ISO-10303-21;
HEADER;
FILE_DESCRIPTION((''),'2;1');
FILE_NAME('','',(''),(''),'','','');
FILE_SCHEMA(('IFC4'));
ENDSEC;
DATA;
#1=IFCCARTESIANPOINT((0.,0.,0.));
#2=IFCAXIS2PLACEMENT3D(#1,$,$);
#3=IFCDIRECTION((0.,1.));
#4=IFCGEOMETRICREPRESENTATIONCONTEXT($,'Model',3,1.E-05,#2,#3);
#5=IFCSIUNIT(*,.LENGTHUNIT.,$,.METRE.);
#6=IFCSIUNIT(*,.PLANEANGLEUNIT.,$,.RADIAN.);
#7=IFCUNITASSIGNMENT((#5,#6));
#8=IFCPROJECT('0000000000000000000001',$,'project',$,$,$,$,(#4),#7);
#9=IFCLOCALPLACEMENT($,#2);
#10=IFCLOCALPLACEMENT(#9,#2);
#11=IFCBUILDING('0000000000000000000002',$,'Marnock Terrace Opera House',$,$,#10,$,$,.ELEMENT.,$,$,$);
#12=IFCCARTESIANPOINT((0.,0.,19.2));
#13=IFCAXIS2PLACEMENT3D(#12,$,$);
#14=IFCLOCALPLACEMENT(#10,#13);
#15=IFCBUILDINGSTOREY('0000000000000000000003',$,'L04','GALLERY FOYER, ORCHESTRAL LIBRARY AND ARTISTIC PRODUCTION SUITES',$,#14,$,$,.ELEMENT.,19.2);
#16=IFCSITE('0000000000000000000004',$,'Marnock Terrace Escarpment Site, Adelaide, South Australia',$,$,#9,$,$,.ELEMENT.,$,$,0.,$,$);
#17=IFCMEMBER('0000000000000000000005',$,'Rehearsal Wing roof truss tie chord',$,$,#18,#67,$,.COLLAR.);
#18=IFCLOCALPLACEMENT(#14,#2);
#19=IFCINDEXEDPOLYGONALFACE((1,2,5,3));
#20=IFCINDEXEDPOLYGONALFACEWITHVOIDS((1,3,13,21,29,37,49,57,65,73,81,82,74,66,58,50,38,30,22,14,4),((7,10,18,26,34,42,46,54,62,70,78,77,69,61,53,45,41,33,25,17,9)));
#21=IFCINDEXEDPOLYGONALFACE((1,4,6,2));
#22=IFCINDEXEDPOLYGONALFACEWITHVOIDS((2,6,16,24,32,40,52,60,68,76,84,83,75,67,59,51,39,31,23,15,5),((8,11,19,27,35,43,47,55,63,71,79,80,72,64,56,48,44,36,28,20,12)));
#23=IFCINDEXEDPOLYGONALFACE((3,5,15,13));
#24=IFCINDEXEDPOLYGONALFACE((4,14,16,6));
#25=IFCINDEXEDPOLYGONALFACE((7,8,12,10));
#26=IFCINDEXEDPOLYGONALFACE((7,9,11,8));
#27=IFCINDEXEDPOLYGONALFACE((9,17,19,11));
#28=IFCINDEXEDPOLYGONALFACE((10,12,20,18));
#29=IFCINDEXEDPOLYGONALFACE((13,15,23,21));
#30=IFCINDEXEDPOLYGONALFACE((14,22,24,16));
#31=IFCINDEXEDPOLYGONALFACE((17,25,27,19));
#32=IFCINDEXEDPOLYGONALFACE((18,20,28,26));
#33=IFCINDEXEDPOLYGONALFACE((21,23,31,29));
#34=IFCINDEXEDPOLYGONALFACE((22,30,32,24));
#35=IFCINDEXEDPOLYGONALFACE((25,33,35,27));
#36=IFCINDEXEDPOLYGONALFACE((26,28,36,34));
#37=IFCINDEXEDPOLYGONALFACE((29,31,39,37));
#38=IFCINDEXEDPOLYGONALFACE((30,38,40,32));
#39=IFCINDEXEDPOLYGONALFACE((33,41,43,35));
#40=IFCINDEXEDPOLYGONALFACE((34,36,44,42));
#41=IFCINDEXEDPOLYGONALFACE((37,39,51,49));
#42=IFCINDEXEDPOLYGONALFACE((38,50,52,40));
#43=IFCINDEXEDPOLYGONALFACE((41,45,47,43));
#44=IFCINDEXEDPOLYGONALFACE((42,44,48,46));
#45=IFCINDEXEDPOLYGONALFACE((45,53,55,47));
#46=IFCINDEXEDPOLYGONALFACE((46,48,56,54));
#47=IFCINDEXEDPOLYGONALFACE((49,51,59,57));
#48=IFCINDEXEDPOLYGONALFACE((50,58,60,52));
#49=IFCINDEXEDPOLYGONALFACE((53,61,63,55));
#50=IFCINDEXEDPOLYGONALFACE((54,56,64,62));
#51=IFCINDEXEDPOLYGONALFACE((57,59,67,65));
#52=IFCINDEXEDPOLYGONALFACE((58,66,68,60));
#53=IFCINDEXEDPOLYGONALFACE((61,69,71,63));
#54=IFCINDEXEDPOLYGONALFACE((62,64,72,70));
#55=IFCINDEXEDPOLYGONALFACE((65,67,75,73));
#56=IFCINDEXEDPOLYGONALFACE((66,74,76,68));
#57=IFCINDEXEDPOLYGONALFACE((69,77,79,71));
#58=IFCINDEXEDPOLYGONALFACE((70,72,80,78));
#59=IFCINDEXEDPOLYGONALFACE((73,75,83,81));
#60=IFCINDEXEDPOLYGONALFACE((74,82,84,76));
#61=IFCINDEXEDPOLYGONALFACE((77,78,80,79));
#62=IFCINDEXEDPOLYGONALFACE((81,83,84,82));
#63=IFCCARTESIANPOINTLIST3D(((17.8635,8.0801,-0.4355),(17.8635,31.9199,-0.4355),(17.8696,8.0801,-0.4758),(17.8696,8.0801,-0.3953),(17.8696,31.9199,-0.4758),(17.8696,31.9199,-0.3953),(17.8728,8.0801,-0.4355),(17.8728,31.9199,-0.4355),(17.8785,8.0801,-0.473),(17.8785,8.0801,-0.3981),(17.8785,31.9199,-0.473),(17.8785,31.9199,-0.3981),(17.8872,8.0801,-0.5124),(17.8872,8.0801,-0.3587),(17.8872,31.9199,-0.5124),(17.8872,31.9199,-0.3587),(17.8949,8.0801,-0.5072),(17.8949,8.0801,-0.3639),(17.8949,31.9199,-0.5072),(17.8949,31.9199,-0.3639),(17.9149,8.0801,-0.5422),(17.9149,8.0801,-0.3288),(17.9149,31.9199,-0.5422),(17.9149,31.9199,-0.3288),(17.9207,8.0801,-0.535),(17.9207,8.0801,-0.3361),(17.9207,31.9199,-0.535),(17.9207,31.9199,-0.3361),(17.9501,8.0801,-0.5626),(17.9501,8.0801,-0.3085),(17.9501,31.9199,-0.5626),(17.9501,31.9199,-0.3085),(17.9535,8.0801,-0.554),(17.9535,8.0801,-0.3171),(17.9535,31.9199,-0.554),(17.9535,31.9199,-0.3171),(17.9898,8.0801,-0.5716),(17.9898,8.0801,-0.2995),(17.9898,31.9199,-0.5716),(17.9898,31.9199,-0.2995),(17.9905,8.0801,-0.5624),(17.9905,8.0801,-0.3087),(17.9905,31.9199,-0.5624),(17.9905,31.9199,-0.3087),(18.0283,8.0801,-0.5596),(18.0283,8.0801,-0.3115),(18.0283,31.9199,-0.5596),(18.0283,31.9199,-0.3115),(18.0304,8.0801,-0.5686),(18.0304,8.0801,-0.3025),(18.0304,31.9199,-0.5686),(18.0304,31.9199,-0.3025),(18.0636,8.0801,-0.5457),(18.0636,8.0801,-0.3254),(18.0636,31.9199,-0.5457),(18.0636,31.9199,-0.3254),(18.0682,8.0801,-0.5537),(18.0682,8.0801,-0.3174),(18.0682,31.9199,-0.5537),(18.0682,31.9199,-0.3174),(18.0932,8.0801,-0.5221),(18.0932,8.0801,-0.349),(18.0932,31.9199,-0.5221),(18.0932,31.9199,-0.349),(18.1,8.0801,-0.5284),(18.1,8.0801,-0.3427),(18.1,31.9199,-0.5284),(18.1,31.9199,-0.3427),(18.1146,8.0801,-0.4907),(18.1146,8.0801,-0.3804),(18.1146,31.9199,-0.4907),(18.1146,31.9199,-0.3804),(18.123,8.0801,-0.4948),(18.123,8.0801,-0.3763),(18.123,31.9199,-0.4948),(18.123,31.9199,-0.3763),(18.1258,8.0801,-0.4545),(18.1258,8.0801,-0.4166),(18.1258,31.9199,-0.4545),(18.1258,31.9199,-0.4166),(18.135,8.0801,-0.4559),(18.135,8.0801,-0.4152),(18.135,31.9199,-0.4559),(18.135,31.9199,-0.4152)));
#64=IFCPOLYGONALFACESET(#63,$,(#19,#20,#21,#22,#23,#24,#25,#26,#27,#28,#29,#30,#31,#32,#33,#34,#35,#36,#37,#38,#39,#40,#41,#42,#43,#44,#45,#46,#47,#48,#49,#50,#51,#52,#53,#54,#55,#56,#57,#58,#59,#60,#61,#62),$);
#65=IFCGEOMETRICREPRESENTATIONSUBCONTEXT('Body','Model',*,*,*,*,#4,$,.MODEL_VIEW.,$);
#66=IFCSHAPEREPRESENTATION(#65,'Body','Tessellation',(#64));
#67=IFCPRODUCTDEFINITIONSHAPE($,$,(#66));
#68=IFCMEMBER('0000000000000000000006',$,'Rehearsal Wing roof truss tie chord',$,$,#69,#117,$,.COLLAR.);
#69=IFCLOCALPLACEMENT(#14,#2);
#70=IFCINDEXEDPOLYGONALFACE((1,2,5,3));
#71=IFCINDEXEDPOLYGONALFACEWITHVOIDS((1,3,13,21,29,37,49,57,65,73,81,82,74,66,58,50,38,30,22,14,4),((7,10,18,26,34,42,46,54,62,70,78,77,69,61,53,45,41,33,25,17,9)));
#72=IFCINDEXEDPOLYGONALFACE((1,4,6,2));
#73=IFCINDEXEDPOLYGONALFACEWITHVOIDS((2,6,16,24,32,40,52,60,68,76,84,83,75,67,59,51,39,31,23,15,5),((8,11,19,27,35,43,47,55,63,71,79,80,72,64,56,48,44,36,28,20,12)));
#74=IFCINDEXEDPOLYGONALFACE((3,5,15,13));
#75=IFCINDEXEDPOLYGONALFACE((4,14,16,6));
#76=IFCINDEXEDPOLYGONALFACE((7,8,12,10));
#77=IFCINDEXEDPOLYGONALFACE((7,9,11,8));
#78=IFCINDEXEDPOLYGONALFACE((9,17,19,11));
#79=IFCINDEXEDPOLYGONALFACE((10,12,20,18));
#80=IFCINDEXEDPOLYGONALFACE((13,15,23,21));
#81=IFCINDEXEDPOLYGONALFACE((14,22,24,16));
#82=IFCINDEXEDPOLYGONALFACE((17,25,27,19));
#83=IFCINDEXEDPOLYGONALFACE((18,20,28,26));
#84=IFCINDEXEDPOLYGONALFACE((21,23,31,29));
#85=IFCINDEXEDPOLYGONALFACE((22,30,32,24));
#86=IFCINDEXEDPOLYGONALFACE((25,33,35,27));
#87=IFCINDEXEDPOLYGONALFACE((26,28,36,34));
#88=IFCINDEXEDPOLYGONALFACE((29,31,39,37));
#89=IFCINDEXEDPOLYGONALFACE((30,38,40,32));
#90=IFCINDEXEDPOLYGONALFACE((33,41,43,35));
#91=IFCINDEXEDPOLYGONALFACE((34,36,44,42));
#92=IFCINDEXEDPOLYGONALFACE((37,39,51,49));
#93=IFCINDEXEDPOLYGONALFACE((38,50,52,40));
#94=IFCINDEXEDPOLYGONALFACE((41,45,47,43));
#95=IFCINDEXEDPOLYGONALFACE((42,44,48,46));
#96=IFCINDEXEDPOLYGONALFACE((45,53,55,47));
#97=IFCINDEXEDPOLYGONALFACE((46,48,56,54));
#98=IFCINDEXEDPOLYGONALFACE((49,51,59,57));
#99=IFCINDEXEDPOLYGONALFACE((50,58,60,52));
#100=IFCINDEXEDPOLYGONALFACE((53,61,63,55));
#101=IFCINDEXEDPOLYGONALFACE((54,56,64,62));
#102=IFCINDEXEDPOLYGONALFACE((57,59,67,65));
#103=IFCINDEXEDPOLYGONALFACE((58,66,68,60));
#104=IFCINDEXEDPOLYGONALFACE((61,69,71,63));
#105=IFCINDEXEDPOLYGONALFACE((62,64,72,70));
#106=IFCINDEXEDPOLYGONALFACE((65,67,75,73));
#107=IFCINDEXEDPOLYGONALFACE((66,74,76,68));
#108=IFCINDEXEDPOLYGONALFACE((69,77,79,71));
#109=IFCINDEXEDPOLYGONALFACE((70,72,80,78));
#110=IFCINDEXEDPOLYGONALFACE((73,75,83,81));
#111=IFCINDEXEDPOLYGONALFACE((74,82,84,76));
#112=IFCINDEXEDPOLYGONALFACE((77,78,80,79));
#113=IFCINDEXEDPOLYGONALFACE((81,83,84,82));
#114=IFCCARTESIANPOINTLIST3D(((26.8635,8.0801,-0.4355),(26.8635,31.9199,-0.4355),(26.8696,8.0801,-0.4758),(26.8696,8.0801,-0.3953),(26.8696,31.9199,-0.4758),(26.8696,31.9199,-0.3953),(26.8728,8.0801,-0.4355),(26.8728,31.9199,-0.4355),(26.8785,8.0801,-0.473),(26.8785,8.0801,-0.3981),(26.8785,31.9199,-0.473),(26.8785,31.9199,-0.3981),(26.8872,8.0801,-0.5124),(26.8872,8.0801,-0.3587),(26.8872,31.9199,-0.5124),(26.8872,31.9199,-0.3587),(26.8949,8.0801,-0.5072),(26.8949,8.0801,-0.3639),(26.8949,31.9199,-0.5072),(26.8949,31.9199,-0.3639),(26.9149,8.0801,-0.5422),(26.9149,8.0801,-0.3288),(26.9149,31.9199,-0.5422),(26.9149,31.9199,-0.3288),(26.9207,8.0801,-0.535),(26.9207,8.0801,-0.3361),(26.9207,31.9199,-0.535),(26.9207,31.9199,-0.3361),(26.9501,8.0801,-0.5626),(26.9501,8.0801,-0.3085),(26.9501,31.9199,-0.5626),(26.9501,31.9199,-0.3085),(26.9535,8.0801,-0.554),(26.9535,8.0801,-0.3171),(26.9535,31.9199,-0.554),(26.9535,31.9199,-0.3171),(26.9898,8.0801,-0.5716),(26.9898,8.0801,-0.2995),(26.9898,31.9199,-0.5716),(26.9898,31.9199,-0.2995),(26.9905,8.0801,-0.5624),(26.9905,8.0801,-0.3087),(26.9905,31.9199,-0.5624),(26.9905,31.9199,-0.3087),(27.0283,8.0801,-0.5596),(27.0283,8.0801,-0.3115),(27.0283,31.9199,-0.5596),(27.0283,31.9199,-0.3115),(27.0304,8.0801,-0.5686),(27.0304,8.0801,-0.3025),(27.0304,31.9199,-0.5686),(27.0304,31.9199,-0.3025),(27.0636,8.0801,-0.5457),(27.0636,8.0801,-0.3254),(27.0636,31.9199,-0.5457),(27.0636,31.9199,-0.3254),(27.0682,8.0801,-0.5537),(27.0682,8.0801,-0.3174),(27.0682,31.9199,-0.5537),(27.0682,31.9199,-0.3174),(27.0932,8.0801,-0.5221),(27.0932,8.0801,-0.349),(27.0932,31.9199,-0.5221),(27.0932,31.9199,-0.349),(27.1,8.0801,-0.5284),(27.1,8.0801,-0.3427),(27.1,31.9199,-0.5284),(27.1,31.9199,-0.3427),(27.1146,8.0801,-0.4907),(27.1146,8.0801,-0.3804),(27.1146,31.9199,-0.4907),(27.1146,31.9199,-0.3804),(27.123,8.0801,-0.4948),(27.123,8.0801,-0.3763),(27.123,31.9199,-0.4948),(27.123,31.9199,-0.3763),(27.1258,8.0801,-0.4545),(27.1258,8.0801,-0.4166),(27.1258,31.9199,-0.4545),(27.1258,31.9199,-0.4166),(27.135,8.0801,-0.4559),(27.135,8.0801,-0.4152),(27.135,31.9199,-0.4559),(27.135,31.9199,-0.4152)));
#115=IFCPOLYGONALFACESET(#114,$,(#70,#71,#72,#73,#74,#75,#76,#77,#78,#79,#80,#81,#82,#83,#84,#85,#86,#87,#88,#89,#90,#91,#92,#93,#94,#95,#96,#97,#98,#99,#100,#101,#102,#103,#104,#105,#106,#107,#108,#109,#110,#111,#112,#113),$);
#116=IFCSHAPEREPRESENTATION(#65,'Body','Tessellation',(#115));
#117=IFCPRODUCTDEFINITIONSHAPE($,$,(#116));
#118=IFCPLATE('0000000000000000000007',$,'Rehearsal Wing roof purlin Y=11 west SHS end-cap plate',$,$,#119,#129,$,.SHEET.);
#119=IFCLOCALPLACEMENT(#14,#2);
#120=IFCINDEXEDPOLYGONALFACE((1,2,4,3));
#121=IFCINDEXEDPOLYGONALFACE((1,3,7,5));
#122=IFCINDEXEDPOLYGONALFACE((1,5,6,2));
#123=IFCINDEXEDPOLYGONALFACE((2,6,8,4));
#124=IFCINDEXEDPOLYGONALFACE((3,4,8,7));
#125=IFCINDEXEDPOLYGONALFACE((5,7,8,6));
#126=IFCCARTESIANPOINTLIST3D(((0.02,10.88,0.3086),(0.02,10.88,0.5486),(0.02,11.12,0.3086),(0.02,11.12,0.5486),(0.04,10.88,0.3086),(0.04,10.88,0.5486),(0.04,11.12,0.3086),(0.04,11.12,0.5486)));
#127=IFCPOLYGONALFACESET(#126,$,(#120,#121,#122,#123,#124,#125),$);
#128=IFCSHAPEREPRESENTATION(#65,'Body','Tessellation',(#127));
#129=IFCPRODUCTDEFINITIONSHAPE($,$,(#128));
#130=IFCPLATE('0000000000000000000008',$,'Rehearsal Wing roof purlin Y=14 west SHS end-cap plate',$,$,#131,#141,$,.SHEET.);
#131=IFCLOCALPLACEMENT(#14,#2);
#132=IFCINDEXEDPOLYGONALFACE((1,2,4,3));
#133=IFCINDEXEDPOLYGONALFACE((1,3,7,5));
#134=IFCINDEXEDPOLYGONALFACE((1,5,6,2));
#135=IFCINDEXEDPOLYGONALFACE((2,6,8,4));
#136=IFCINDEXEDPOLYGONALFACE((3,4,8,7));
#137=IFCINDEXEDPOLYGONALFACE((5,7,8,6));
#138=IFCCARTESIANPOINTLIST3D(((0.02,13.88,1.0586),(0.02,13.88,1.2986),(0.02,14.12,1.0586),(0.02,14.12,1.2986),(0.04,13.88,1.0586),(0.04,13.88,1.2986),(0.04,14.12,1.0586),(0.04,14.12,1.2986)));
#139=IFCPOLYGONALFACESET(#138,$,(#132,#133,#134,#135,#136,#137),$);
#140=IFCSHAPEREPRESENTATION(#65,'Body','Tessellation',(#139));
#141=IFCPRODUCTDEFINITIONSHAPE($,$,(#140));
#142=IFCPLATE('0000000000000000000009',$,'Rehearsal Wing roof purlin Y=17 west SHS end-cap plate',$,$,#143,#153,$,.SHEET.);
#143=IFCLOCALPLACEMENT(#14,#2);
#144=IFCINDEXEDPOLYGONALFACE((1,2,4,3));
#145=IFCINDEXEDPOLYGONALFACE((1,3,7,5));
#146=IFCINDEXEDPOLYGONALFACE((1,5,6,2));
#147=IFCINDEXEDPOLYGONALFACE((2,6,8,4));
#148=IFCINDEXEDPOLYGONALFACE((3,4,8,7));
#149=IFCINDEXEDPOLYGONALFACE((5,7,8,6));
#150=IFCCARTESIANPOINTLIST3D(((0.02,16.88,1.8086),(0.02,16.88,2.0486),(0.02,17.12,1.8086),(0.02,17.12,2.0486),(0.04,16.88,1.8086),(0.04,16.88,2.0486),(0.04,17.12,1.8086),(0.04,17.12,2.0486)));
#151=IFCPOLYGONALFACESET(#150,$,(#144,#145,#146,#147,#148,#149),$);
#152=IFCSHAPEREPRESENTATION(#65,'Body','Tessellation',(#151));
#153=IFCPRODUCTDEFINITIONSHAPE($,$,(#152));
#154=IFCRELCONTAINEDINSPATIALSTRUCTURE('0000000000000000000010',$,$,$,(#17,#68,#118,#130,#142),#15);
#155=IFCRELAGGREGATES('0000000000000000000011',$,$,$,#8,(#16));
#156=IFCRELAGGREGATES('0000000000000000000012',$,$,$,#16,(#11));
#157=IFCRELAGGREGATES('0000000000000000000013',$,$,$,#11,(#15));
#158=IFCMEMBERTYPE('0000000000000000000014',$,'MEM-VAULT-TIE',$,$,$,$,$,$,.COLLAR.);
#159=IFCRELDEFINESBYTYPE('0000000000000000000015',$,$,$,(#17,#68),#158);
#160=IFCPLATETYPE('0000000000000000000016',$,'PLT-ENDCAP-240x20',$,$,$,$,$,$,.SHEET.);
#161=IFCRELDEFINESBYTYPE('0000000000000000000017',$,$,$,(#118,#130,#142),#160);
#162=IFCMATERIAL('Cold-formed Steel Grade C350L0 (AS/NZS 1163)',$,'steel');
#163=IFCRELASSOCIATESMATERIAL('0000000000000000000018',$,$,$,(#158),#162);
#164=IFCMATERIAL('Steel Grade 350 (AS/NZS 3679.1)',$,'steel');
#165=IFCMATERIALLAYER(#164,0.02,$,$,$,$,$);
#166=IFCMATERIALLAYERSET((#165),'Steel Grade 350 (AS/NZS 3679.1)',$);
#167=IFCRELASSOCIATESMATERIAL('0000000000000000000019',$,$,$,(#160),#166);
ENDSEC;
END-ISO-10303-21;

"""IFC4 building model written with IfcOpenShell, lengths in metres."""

from ifc_helpers import new_model, si_unit, direction, frame, origin, origin_2d, place, context, subcontext, project, spatial, rectangle, hollow_circle, extrude, material, layer, layer_set, material_profile, profile_set, type_object, element, save


model = new_model("IFC4")

# Units and contexts
model_context = context("Model", 3, precision=1e-05, world=origin(), true_north=direction((0.0, 1.0)))
body_context = subcontext(model_context, "Body", "Model", "MODEL_VIEW")
ifc_project = project(units=[si_unit("LENGTHUNIT", "METRE"), si_unit("PLANEANGLEUNIT", "RADIAN")], contexts=[model_context])

# Site, building, storey
site_placement = place(None, origin())
site = spatial("IfcSite", under=ifc_project, at=site_placement, Name="Marnock Terrace Escarpment Site, Adelaide, South Australia", CompositionType="ELEMENT", RefElevation=0.0)
building_placement = place(site_placement, origin())
building = spatial("IfcBuilding", under=site, at=building_placement, Name="Marnock Terrace Opera House", CompositionType="ELEMENT")
storey_placement = place(building_placement, frame((0.0, 0.0, 19.2)))
storey = spatial("IfcBuildingStorey", under=building, at=storey_placement, Name="L04", Description="GALLERY FOYER, ORCHESTRAL LIBRARY AND ARTISTIC PRODUCTION SUITES", CompositionType="ELEMENT", Elevation=19.2)

# Shared definitions
ifc_material_1 = material(Name="Steel Grade 350 (AS/NZS 3679.1)", Category="steel")

# Members
ifc_material_2 = material(Name="Cold-formed Steel Grade C350L0 (AS/NZS 1163)", Category="steel")
ifc_material_profile_1 = material_profile(ifc_material_2, hollow_circle(Radius=0.1365, WallThickness=0.0093, at=origin_2d()))
ifc_profile_set_1 = profile_set([ifc_material_profile_1], Name="Cold-formed Steel Grade C350L0 (AS/NZS 1163)")
member_type_1 = type_object("IfcMemberType", Name="MEM-VAULT-TIE", PredefinedType="COLLAR", material=ifc_profile_set_1)
for number, where, z_axis, x_axis, name in (
    (1, (18.0, 8.0801, -0.4355), (0.0, 1.0, 0.0), (-1.0, 0.0, 0.0), "Rehearsal Wing roof truss tie chord"),
    (2, (27.0, 8.0801, -0.4355), (0.0, 1.0, 0.0), (-1.0, 0.0, 0.0), "Rehearsal Wing roof truss tie chord"),
):
    element("IfcMember", number, at=place(storey_placement, frame(where, z_axis=z_axis, x_axis=x_axis)), inside=storey, type_object=member_type_1, Name=name, PredefinedType="COLLAR", context=body_context, shape_type="SweptSolid", body=[
        extrude(hollow_circle(Radius=0.1365, WallThickness=0.0093, at=origin_2d()), origin(), (0.0, 0.0, 1.0), 23.8398),
    ])

# Plates
ifc_layer_1 = layer(ifc_material_1, 0.02)
ifc_layer_set_1 = layer_set([ifc_layer_1], Name="Steel Grade 350 (AS/NZS 3679.1)")
plate_type = type_object("IfcPlateType", Name="PLT-ENDCAP-240x20", PredefinedType="SHEET", material=ifc_layer_set_1)
for number, where, z_axis, x_axis, name in (
    (3, (0.03, 11.0, 0.3086), (0.0, 0.0, 1.0), (1.0, 0.0, 0.0), "Rehearsal Wing roof purlin Y=11 west SHS end-cap plate"),
    (4, (0.03, 14.0, 1.0586), (0.0, 0.0, 1.0), (1.0, 0.0, 0.0), "Rehearsal Wing roof purlin Y=14 west SHS end-cap plate"),
    (5, (0.03, 17.0, 1.8086), (0.0, 0.0, 1.0), (1.0, 0.0, 0.0), "Rehearsal Wing roof purlin Y=17 west SHS end-cap plate"),
):
    element("IfcPlate", number, at=place(storey_placement, frame(where, z_axis=z_axis, x_axis=x_axis)), inside=storey, type_object=plate_type, Name=name, PredefinedType="SHEET", context=body_context, shape_type="SweptSolid", body=[
        extrude(rectangle(XDim=0.02, YDim=0.24, at=origin_2d()), origin(), (0.0, 0.0, 1.0), 0.24),
    ])

save(model, "model.ifc")
